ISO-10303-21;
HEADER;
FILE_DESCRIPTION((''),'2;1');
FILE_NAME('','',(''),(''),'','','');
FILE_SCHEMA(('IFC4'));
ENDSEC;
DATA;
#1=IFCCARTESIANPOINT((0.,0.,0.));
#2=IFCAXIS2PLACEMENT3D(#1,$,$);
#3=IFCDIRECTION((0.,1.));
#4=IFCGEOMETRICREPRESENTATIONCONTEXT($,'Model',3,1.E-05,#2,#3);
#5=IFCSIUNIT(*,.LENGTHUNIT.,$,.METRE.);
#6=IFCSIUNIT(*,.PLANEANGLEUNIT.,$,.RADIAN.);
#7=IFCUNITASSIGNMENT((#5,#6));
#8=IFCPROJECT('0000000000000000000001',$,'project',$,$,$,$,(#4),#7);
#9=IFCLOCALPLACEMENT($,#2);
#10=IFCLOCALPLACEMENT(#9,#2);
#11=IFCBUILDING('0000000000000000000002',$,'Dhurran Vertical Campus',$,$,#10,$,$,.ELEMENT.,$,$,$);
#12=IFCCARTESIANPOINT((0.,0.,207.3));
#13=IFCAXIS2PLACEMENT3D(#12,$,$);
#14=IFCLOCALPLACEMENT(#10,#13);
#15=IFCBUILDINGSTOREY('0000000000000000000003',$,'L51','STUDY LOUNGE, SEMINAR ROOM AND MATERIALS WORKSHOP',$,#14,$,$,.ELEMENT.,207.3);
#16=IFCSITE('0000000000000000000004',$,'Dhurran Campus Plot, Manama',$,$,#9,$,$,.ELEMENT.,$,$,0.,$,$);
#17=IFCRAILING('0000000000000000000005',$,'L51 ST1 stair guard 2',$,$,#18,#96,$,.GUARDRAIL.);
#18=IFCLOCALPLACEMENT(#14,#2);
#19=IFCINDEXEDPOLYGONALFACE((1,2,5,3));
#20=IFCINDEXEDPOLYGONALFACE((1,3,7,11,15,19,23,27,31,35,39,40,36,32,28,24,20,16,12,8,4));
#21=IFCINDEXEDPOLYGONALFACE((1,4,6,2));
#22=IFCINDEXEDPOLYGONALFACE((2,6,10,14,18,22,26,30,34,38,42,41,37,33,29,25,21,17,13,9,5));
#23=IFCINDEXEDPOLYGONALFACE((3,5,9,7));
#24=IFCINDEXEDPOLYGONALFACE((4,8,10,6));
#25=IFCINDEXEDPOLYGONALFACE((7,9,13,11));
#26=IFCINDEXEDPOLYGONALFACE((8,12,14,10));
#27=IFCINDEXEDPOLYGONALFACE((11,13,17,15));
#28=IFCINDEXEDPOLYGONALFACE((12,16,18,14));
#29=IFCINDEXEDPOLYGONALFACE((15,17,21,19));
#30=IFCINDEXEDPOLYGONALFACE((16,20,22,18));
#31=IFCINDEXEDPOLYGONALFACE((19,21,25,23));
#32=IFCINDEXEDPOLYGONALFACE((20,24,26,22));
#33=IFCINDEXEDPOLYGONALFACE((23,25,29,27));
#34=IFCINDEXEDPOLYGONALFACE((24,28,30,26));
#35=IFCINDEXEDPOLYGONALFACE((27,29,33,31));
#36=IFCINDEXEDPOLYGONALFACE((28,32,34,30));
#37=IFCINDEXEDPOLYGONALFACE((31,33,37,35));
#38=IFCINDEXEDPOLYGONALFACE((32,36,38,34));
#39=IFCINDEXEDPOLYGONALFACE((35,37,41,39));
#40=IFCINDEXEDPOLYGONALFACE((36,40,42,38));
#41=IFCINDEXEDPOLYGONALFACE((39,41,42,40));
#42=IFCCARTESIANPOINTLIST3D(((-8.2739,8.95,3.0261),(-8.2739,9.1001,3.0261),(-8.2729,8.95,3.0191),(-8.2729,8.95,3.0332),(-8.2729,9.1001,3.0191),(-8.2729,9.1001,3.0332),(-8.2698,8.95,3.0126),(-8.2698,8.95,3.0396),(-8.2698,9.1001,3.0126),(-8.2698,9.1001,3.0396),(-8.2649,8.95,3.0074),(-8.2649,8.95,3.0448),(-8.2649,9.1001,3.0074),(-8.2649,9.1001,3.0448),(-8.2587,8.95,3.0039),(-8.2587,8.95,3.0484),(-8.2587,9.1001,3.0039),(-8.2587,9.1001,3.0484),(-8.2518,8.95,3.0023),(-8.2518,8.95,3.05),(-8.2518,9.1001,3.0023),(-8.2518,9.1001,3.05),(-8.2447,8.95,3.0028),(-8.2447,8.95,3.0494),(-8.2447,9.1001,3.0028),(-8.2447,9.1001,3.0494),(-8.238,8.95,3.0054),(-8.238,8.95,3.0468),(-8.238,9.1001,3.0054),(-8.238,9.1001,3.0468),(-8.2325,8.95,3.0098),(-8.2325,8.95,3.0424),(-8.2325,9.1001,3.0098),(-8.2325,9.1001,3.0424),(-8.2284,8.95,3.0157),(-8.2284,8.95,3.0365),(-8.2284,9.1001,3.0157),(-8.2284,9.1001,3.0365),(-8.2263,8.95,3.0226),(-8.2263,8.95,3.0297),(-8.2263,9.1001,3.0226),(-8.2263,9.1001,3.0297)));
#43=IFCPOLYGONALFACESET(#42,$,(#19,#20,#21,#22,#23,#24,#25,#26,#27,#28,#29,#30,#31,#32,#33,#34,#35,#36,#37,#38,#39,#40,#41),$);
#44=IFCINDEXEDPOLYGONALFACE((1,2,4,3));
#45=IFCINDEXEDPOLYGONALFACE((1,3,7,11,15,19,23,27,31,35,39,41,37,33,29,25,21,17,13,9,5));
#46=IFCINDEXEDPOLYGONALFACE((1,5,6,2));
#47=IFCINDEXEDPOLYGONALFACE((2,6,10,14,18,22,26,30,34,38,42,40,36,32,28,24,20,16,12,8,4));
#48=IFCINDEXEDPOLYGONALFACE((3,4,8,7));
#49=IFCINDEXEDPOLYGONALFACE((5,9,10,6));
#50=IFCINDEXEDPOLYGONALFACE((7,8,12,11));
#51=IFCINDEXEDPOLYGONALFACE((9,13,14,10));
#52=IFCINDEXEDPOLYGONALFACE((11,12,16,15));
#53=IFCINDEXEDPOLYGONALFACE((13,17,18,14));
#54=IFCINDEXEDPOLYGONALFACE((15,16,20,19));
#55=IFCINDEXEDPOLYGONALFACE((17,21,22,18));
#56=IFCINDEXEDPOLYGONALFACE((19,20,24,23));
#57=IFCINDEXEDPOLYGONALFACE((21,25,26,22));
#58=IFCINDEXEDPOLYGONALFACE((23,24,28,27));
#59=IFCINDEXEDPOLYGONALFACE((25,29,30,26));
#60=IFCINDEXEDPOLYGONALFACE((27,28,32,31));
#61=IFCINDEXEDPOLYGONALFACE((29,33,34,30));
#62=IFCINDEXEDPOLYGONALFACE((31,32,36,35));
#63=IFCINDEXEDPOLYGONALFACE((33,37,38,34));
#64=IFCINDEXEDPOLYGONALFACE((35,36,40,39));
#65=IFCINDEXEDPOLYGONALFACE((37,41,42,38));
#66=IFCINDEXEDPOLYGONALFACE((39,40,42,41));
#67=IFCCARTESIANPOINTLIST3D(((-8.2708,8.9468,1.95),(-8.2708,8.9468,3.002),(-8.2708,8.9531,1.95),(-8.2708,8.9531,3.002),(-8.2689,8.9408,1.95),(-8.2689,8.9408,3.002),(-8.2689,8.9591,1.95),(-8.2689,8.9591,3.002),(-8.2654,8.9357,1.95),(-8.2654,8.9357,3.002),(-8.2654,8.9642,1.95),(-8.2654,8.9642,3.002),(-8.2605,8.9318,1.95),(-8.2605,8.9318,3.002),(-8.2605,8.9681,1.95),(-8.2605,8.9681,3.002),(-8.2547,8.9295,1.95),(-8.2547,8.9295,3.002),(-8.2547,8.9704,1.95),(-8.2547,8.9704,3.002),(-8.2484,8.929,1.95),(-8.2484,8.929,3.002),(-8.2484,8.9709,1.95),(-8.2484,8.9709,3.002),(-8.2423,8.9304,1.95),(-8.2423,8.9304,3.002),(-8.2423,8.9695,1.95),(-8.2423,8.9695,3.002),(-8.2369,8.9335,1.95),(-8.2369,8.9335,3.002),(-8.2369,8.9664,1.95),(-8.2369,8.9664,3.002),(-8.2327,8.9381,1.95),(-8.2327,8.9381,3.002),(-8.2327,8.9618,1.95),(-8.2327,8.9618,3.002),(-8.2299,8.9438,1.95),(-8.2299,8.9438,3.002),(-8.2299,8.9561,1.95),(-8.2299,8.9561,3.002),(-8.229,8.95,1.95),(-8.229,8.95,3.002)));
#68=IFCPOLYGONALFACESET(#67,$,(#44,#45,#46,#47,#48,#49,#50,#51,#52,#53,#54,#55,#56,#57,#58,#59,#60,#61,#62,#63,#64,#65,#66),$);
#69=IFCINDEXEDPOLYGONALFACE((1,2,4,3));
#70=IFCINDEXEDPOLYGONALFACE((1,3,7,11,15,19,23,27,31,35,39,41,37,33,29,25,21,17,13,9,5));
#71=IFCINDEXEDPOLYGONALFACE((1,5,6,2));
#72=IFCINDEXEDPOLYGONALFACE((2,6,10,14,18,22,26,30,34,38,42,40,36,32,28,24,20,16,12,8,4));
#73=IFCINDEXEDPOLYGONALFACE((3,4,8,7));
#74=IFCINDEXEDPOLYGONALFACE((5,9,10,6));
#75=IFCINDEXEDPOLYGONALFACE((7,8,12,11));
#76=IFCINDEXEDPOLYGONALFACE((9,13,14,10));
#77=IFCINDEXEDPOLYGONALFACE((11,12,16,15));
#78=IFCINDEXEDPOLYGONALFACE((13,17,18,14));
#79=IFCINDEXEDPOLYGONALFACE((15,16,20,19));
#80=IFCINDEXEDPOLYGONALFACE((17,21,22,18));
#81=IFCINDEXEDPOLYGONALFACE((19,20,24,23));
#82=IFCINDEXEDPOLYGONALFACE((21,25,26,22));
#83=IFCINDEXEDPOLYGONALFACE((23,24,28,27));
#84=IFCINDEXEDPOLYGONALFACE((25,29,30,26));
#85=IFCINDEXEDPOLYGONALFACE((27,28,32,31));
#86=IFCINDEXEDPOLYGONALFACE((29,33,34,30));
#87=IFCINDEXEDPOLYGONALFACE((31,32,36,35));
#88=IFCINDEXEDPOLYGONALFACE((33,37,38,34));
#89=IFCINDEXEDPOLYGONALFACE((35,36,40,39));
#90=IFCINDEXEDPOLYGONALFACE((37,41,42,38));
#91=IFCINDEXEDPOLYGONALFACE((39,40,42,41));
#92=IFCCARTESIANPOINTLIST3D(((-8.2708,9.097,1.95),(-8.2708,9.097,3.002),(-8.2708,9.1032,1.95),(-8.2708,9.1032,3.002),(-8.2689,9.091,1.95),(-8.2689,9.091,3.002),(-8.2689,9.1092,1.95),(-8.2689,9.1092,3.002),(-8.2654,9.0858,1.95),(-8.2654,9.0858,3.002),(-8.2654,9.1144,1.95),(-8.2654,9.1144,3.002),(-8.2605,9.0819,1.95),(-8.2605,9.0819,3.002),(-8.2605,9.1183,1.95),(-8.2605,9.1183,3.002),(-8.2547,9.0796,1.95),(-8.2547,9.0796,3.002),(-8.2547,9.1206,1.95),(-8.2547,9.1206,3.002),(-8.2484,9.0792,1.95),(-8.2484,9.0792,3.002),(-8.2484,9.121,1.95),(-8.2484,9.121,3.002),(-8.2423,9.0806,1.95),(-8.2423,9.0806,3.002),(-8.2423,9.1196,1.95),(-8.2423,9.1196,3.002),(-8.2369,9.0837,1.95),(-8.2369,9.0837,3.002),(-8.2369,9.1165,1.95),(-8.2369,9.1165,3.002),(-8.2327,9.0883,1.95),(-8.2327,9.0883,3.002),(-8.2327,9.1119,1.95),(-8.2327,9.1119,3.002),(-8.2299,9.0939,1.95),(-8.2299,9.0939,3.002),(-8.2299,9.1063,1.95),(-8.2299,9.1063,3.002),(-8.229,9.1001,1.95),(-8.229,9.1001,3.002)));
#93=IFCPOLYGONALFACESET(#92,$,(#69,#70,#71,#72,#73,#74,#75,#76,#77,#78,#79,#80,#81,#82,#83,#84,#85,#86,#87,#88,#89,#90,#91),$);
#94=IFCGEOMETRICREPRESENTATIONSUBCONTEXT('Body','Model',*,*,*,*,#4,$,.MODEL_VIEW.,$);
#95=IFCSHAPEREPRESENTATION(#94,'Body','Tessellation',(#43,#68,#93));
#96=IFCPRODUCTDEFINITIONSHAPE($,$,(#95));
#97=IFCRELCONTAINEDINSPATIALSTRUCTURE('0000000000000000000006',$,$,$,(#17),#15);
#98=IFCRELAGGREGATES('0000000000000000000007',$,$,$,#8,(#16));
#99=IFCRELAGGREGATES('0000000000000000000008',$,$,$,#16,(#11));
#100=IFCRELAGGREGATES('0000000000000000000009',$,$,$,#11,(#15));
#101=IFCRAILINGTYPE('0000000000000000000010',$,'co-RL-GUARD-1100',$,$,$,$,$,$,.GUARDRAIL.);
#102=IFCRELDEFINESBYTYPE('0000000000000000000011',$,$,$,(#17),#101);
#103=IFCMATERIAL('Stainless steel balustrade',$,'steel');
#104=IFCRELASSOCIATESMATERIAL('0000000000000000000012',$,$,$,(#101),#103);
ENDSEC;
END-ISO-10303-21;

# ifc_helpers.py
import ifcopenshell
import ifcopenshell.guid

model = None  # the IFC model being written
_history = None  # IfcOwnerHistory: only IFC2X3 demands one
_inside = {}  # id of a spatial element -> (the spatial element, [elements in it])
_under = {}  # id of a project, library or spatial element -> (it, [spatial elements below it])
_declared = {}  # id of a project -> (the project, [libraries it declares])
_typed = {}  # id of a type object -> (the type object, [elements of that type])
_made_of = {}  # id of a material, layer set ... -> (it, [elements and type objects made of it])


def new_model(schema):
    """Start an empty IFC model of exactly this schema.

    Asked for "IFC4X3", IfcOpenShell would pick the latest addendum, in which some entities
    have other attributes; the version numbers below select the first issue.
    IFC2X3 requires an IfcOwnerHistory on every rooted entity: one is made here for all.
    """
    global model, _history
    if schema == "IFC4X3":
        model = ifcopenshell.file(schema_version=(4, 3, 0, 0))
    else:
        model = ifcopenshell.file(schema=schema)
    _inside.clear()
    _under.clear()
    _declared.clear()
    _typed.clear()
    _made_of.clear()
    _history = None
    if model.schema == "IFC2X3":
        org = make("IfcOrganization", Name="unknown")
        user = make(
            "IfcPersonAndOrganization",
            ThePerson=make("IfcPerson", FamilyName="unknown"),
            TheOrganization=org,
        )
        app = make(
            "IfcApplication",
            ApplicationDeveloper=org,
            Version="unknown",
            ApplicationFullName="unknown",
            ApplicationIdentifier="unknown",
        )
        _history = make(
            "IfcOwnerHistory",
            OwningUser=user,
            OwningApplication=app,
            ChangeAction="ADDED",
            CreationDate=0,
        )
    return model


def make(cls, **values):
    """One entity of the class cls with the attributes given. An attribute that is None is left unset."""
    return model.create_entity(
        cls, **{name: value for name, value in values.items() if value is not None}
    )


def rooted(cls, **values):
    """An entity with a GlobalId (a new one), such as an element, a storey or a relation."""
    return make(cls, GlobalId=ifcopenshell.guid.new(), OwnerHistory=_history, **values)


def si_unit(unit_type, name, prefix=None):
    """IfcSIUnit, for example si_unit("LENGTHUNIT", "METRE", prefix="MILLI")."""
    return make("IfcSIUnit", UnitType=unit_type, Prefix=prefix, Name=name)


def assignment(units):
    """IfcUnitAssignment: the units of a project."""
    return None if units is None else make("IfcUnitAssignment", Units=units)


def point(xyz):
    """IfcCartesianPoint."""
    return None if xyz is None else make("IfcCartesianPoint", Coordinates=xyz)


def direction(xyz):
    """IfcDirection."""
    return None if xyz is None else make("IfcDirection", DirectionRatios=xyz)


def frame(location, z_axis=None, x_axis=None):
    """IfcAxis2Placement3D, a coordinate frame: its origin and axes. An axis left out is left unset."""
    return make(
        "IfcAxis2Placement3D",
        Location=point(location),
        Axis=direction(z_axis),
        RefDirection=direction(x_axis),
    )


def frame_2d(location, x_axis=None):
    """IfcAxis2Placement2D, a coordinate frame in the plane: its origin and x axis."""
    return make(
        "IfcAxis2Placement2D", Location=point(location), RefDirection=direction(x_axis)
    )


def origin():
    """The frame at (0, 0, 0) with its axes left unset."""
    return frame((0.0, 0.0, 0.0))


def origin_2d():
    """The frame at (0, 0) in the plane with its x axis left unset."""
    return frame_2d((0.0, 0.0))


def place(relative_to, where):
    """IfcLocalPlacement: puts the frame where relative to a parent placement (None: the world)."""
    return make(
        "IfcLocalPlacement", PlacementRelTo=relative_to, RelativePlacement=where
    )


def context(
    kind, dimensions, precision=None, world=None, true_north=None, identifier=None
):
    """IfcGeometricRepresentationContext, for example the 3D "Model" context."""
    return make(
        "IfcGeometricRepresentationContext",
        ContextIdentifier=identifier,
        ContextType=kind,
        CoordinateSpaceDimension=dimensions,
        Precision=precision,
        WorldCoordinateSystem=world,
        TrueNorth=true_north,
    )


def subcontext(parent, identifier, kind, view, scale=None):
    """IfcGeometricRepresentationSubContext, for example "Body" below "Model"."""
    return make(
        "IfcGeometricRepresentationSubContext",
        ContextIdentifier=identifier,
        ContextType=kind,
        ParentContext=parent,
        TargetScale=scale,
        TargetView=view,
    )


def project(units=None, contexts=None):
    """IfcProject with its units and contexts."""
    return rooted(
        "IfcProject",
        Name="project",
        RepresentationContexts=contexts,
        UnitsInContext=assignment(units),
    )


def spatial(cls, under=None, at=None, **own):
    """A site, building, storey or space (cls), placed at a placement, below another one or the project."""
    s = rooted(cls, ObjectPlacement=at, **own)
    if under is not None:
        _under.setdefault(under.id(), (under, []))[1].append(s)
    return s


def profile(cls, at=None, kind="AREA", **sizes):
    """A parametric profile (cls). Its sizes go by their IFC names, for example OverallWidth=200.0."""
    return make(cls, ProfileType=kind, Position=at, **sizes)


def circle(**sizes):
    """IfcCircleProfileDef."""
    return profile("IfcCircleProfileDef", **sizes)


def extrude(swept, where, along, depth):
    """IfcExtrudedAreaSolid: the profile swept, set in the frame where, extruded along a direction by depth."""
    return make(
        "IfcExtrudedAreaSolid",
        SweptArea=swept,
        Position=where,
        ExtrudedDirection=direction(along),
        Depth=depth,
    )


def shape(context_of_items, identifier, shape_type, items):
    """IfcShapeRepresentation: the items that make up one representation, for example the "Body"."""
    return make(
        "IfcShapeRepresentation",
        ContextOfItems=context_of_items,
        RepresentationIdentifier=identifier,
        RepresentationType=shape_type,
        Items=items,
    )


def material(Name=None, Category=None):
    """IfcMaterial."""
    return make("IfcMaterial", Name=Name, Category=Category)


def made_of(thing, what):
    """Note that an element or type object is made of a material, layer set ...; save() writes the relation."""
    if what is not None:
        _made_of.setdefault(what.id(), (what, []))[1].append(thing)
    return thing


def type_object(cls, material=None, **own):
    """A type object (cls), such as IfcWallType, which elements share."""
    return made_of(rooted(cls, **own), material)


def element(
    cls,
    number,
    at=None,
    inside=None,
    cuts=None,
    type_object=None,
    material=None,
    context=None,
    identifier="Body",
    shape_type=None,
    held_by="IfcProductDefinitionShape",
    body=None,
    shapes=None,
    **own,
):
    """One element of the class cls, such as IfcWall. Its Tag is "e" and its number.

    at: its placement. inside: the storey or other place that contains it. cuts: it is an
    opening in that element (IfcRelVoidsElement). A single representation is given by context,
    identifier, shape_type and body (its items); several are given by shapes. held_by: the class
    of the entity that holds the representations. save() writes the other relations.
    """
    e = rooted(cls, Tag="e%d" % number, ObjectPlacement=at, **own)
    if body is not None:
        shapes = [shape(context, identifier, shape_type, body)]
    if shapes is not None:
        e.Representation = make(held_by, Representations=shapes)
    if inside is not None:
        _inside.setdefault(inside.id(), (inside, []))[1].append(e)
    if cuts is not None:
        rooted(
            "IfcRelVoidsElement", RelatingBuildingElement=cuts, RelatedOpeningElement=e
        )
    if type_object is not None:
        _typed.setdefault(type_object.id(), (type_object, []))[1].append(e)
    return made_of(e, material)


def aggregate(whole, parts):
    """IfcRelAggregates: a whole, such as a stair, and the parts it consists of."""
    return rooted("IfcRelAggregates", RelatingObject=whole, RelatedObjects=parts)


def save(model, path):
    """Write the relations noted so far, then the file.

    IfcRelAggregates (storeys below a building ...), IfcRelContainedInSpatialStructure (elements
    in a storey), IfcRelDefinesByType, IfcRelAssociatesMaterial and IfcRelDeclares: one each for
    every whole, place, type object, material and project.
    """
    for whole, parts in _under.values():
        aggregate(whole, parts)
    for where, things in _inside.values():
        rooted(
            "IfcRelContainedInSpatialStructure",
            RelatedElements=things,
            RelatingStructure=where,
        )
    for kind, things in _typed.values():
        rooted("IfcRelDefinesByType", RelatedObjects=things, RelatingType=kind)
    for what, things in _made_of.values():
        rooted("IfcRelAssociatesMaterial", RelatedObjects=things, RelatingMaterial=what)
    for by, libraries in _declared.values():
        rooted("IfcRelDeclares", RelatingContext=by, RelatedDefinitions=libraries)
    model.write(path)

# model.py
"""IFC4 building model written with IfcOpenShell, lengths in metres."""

from ifc_helpers import new_model, si_unit, direction, frame, origin, origin_2d, place, context, subcontext, project, spatial, circle, extrude, material, type_object, element, save


model = new_model("IFC4")

# Units and contexts
model_context = context("Model", 3, precision=1e-05, world=origin(), true_north=direction((0.0, 1.0)))
body_context = subcontext(model_context, "Body", "Model", "MODEL_VIEW")
ifc_project = project(units=[si_unit("LENGTHUNIT", "METRE"), si_unit("PLANEANGLEUNIT", "RADIAN")], contexts=[model_context])

# Site, building, storey
site_placement = place(None, origin())
site = spatial("IfcSite", under=ifc_project, at=site_placement, Name="Dhurran Campus Plot, Manama", CompositionType="ELEMENT", RefElevation=0.0)
building_placement = place(site_placement, origin())
building = spatial("IfcBuilding", under=site, at=building_placement, Name="Dhurran Vertical Campus", CompositionType="ELEMENT")
storey_placement = place(building_placement, frame((0.0, 0.0, 207.3)))
storey = spatial("IfcBuildingStorey", under=building, at=storey_placement, Name="L51", Description="STUDY LOUNGE, SEMINAR ROOM AND MATERIALS WORKSHOP", CompositionType="ELEMENT", Elevation=207.3)

# Railing
ifc_material_1 = material(Name="Stainless steel balustrade", Category="steel")
railing_type_1 = type_object("IfcRailingType", Name="co-RL-GUARD-1100", PredefinedType="GUARDRAIL", material=ifc_material_1)
railing_1_placement = place(storey_placement, frame((-8.25, 8.95, 1.95)))
element("IfcRailing", 1, at=railing_1_placement, inside=storey, type_object=railing_type_1, Name="L51 ST1 stair guard 2", PredefinedType="GUARDRAIL", context=body_context, shape_type="SweptSolid", body=[
    extrude(circle(Radius=0.0239, at=origin_2d()), frame((0.0, 0.0, 1.0762), z_axis=(0.0, 1.0, 0.0), x_axis=(-1.0, 0.0, 0.0)), (0.0, 0.0, 1.0), 0.1501),
    extrude(circle(Radius=0.021, at=origin_2d()), origin(), (0.0, 0.0, 1.0), 1.052),
    extrude(circle(Radius=0.021, at=origin_2d()), frame((0.0, 0.1501, 0.0)), (0.0, 0.0, 1.0), 1.052),
])

save(model, "model.ifc")
